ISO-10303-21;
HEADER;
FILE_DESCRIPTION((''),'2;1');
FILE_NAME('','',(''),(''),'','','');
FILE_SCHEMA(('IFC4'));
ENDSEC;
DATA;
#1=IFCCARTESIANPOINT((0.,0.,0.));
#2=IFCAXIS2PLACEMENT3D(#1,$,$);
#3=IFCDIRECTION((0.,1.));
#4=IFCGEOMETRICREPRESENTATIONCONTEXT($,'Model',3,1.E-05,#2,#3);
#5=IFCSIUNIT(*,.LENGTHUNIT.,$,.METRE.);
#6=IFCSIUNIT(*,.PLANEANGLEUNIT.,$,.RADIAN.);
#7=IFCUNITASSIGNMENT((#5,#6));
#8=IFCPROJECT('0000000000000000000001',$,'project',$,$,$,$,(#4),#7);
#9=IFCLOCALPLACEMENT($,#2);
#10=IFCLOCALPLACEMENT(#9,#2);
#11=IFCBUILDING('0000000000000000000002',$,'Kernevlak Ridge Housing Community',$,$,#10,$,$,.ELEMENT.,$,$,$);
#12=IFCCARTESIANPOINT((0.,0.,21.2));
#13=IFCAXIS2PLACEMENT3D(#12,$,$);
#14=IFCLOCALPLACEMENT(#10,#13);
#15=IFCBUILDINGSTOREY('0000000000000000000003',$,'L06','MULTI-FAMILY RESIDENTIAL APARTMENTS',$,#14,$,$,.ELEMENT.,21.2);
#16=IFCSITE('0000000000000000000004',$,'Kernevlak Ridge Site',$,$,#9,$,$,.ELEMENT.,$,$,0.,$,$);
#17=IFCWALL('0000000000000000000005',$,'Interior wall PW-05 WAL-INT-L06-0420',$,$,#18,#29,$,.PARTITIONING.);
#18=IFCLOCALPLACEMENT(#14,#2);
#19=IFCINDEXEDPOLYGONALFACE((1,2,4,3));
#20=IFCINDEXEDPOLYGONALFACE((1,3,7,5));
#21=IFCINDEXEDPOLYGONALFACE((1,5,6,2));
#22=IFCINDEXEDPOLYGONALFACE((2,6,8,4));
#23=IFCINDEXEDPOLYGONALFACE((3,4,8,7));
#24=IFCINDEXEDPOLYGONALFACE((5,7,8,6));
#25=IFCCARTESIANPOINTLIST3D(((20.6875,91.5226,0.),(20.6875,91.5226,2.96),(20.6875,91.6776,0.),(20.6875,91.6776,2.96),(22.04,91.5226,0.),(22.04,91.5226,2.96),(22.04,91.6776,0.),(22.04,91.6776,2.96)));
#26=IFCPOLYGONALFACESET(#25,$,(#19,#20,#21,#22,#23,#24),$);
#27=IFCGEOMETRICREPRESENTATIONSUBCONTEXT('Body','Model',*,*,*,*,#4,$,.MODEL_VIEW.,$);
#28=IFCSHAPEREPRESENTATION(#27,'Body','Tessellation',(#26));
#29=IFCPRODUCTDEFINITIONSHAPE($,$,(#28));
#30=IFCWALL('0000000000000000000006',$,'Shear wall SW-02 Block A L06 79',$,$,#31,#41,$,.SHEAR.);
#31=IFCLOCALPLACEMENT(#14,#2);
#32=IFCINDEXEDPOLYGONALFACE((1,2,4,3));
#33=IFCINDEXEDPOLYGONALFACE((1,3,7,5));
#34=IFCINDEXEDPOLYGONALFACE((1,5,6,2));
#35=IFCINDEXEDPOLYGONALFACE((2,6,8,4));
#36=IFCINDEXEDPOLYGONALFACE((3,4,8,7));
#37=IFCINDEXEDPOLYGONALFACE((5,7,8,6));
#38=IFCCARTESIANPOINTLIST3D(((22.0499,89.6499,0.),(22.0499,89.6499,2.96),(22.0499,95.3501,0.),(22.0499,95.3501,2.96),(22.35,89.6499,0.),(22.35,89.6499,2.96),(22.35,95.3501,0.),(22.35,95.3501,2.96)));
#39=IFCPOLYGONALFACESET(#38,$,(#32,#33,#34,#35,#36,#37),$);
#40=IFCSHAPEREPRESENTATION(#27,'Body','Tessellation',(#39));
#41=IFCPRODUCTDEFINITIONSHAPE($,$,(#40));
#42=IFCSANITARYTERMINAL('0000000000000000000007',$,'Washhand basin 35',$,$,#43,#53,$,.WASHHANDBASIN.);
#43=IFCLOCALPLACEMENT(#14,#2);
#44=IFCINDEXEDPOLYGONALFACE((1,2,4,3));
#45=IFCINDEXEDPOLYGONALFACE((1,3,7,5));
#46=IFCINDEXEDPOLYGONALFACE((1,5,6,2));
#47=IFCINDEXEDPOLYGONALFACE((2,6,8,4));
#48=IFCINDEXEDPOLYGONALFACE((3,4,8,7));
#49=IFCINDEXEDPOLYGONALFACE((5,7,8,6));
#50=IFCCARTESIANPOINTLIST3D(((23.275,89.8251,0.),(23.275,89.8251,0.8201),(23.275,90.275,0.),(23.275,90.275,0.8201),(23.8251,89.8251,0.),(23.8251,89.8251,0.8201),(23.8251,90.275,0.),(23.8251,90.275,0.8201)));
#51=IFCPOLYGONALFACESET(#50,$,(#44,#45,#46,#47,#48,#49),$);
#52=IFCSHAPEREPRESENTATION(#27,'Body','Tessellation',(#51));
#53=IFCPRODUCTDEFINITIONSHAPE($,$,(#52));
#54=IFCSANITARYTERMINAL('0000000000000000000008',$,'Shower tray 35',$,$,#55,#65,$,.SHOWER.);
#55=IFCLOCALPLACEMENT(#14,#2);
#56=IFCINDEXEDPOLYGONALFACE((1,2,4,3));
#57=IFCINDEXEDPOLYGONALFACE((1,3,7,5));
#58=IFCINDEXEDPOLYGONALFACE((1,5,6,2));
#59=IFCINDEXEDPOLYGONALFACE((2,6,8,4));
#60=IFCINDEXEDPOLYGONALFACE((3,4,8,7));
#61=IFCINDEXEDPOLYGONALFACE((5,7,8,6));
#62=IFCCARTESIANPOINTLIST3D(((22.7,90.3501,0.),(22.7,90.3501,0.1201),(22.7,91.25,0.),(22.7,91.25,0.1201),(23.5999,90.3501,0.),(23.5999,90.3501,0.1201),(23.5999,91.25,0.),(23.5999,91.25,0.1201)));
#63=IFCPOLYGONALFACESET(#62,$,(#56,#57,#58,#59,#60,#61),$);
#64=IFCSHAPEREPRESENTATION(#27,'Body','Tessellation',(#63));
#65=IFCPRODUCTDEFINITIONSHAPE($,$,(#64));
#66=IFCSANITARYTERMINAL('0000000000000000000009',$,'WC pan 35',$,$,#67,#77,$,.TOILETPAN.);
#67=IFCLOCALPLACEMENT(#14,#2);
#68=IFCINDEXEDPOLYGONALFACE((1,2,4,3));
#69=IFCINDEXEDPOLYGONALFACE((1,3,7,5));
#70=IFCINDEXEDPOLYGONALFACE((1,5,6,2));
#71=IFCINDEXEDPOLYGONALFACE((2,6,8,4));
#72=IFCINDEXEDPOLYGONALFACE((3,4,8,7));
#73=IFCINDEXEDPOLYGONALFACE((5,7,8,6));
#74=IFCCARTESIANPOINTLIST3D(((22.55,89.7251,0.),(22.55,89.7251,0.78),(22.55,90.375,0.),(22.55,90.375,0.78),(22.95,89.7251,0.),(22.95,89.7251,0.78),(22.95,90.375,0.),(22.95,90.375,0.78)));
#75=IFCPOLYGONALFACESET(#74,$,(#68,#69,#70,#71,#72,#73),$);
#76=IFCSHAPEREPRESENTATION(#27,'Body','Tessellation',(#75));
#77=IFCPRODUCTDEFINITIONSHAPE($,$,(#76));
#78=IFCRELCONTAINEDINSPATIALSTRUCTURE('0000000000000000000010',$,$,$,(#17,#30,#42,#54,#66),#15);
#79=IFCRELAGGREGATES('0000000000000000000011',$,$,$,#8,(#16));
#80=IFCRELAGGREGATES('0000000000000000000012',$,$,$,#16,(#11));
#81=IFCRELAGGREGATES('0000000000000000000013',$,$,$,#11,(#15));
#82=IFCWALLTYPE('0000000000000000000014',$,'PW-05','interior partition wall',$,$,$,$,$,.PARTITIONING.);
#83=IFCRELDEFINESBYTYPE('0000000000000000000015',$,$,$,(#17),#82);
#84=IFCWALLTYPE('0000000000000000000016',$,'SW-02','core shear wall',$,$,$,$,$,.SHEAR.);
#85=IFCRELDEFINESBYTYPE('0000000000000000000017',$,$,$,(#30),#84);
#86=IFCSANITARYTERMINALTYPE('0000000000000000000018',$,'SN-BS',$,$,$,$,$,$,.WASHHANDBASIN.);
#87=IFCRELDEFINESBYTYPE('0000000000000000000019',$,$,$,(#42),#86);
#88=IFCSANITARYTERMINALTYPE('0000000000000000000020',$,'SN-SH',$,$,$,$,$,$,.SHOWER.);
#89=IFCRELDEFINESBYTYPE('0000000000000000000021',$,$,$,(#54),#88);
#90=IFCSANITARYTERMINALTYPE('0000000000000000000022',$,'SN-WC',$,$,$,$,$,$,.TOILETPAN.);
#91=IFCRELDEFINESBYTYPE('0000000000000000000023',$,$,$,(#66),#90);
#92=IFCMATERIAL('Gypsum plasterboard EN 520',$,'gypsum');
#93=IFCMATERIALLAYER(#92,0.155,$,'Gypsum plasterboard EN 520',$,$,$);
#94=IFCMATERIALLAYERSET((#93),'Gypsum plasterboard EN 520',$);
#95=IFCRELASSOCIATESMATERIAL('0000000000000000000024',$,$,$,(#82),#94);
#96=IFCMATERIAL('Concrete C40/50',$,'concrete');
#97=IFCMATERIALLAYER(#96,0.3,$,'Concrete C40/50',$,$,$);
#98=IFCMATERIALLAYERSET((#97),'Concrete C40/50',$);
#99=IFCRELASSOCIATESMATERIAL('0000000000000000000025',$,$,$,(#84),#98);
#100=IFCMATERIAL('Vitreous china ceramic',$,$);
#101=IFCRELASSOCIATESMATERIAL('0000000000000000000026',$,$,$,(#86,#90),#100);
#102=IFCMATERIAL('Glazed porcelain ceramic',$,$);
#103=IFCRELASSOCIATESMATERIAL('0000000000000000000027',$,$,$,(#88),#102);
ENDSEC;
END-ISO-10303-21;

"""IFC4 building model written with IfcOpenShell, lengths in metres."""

from ifc_helpers import new_model, si_unit, direction, frame, frame_2d, origin, origin_2d, place, context, subcontext, project, spatial, rectangle, extrude, material, layer, layer_set, type_object, element, save


model = new_model("IFC4")

# Units and contexts
model_context = context("Model", 3, precision=1e-05, world=origin(), true_north=direction((0.0, 1.0)))
body_context = subcontext(model_context, "Body", "Model", "MODEL_VIEW")
ifc_project = project(units=[si_unit("LENGTHUNIT", "METRE"), si_unit("PLANEANGLEUNIT", "RADIAN")], contexts=[model_context])

# Site, building, storey
site_placement = place(None, origin())
site = spatial("IfcSite", under=ifc_project, at=site_placement, Name="Kernevlak Ridge Site", CompositionType="ELEMENT", RefElevation=0.0)
building_placement = place(site_placement, origin())
building = spatial("IfcBuilding", under=site, at=building_placement, Name="Kernevlak Ridge Housing Community", CompositionType="ELEMENT")
storey_placement = place(building_placement, frame((0.0, 0.0, 21.2)))
storey = spatial("IfcBuildingStorey", under=building, at=storey_placement, Name="L06", Description="MULTI-FAMILY RESIDENTIAL APARTMENTS", CompositionType="ELEMENT", Elevation=21.2)

# Shared definitions
ifc_material_1 = material(Name="Concrete C40/50", Category="concrete")

# Shared definitions
ifc_material_2 = material(Name="Gypsum plasterboard EN 520", Category="gypsum")

# Walls
ifc_layer_1 = layer(ifc_material_2, 0.155, Name="Gypsum plasterboard EN 520")
ifc_layer_set_1 = layer_set([ifc_layer_1], Name="Gypsum plasterboard EN 520")
wall_type_1 = type_object("IfcWallType", Name="PW-05", Description="interior partition wall", PredefinedType="PARTITIONING", material=ifc_layer_set_1)
wall_1_placement = place(storey_placement, frame((20.6875, 91.6001, 0.0), z_axis=(0.0, 0.0, 1.0), x_axis=(1.0, 0.0, 0.0)))
element("IfcWall", 1, at=wall_1_placement, inside=storey, type_object=wall_type_1, Name="Interior wall PW-05 WAL-INT-L06-0420", PredefinedType="PARTITIONING", context=body_context, shape_type="SweptSolid", body=[
    extrude(rectangle(XDim=1.3525, YDim=0.155, at=frame_2d((0.6763, 0.0))), origin(), (0.0, 0.0, 1.0), 2.96),
])
ifc_layer_2 = layer(ifc_material_1, 0.3, Name="Concrete C40/50")
ifc_layer_set_2 = layer_set([ifc_layer_2], Name="Concrete C40/50")
wall_type_2 = type_object("IfcWallType", Name="SW-02", Description="core shear wall", PredefinedType="SHEAR", material=ifc_layer_set_2)
wall_2_placement = place(storey_placement, frame((22.2, 89.6499, 0.0), z_axis=(0.0, 0.0, 1.0), x_axis=(0.0, 1.0, 0.0)))
element("IfcWall", 2, at=wall_2_placement, inside=storey, type_object=wall_type_2, Name="Shear wall SW-02 Block A L06 79", PredefinedType="SHEAR", context=body_context, shape_type="SweptSolid", body=[
    extrude(rectangle(XDim=5.7002, YDim=0.3, at=frame_2d((2.8501, 0.0))), origin(), (0.0, 0.0, 1.0), 2.96),
])

# Sanitary terminals
ifc_material_3 = material(Name="Vitreous china ceramic")
sanitary_terminal_type_1 = type_object("IfcSanitaryTerminalType", Name="SN-BS", PredefinedType="WASHHANDBASIN", material=ifc_material_3)
sanitary_terminal_1_placement = place(storey_placement, frame((23.55, 90.05, 0.0), z_axis=(0.0, 0.0, 1.0), x_axis=(1.0, 0.0, 0.0)))
element("IfcSanitaryTerminal", 3, at=sanitary_terminal_1_placement, inside=storey, type_object=sanitary_terminal_type_1, Name="Washhand basin 35", PredefinedType="WASHHANDBASIN", context=body_context, shape_type="SweptSolid", body=[
    extrude(rectangle(XDim=0.55, YDim=0.45, at=origin_2d()), origin(), (0.0, 0.0, 1.0), 0.8201),
])
ifc_material_4 = material(Name="Glazed porcelain ceramic")
sanitary_terminal_type_2 = type_object("IfcSanitaryTerminalType", Name="SN-SH", PredefinedType="SHOWER", material=ifc_material_4)
sanitary_terminal_2_placement = place(storey_placement, frame((23.1499, 90.8, 0.0), z_axis=(0.0, 0.0, 1.0), x_axis=(1.0, 0.0, 0.0)))
element("IfcSanitaryTerminal", 4, at=sanitary_terminal_2_placement, inside=storey, type_object=sanitary_terminal_type_2, Name="Shower tray 35", PredefinedType="SHOWER", context=body_context, shape_type="SweptSolid", body=[
    extrude(rectangle(XDim=0.8999, YDim=0.8999, at=origin_2d()), origin(), (0.0, 0.0, 1.0), 0.1201),
])
sanitary_terminal_type_3 = type_object("IfcSanitaryTerminalType", Name="SN-WC", PredefinedType="TOILETPAN", material=ifc_material_3)
sanitary_terminal_3_placement = place(storey_placement, frame((22.75, 90.05, 0.0), z_axis=(0.0, 0.0, 1.0), x_axis=(1.0, 0.0, 0.0)))
element("IfcSanitaryTerminal", 5, at=sanitary_terminal_3_placement, inside=storey, type_object=sanitary_terminal_type_3, Name="WC pan 35", PredefinedType="TOILETPAN", context=body_context, shape_type="SweptSolid", body=[
    extrude(rectangle(XDim=0.3999, YDim=0.6499, at=origin_2d()), origin(), (0.0, 0.0, 1.0), 0.78),
])

save(model, "model.ifc")
